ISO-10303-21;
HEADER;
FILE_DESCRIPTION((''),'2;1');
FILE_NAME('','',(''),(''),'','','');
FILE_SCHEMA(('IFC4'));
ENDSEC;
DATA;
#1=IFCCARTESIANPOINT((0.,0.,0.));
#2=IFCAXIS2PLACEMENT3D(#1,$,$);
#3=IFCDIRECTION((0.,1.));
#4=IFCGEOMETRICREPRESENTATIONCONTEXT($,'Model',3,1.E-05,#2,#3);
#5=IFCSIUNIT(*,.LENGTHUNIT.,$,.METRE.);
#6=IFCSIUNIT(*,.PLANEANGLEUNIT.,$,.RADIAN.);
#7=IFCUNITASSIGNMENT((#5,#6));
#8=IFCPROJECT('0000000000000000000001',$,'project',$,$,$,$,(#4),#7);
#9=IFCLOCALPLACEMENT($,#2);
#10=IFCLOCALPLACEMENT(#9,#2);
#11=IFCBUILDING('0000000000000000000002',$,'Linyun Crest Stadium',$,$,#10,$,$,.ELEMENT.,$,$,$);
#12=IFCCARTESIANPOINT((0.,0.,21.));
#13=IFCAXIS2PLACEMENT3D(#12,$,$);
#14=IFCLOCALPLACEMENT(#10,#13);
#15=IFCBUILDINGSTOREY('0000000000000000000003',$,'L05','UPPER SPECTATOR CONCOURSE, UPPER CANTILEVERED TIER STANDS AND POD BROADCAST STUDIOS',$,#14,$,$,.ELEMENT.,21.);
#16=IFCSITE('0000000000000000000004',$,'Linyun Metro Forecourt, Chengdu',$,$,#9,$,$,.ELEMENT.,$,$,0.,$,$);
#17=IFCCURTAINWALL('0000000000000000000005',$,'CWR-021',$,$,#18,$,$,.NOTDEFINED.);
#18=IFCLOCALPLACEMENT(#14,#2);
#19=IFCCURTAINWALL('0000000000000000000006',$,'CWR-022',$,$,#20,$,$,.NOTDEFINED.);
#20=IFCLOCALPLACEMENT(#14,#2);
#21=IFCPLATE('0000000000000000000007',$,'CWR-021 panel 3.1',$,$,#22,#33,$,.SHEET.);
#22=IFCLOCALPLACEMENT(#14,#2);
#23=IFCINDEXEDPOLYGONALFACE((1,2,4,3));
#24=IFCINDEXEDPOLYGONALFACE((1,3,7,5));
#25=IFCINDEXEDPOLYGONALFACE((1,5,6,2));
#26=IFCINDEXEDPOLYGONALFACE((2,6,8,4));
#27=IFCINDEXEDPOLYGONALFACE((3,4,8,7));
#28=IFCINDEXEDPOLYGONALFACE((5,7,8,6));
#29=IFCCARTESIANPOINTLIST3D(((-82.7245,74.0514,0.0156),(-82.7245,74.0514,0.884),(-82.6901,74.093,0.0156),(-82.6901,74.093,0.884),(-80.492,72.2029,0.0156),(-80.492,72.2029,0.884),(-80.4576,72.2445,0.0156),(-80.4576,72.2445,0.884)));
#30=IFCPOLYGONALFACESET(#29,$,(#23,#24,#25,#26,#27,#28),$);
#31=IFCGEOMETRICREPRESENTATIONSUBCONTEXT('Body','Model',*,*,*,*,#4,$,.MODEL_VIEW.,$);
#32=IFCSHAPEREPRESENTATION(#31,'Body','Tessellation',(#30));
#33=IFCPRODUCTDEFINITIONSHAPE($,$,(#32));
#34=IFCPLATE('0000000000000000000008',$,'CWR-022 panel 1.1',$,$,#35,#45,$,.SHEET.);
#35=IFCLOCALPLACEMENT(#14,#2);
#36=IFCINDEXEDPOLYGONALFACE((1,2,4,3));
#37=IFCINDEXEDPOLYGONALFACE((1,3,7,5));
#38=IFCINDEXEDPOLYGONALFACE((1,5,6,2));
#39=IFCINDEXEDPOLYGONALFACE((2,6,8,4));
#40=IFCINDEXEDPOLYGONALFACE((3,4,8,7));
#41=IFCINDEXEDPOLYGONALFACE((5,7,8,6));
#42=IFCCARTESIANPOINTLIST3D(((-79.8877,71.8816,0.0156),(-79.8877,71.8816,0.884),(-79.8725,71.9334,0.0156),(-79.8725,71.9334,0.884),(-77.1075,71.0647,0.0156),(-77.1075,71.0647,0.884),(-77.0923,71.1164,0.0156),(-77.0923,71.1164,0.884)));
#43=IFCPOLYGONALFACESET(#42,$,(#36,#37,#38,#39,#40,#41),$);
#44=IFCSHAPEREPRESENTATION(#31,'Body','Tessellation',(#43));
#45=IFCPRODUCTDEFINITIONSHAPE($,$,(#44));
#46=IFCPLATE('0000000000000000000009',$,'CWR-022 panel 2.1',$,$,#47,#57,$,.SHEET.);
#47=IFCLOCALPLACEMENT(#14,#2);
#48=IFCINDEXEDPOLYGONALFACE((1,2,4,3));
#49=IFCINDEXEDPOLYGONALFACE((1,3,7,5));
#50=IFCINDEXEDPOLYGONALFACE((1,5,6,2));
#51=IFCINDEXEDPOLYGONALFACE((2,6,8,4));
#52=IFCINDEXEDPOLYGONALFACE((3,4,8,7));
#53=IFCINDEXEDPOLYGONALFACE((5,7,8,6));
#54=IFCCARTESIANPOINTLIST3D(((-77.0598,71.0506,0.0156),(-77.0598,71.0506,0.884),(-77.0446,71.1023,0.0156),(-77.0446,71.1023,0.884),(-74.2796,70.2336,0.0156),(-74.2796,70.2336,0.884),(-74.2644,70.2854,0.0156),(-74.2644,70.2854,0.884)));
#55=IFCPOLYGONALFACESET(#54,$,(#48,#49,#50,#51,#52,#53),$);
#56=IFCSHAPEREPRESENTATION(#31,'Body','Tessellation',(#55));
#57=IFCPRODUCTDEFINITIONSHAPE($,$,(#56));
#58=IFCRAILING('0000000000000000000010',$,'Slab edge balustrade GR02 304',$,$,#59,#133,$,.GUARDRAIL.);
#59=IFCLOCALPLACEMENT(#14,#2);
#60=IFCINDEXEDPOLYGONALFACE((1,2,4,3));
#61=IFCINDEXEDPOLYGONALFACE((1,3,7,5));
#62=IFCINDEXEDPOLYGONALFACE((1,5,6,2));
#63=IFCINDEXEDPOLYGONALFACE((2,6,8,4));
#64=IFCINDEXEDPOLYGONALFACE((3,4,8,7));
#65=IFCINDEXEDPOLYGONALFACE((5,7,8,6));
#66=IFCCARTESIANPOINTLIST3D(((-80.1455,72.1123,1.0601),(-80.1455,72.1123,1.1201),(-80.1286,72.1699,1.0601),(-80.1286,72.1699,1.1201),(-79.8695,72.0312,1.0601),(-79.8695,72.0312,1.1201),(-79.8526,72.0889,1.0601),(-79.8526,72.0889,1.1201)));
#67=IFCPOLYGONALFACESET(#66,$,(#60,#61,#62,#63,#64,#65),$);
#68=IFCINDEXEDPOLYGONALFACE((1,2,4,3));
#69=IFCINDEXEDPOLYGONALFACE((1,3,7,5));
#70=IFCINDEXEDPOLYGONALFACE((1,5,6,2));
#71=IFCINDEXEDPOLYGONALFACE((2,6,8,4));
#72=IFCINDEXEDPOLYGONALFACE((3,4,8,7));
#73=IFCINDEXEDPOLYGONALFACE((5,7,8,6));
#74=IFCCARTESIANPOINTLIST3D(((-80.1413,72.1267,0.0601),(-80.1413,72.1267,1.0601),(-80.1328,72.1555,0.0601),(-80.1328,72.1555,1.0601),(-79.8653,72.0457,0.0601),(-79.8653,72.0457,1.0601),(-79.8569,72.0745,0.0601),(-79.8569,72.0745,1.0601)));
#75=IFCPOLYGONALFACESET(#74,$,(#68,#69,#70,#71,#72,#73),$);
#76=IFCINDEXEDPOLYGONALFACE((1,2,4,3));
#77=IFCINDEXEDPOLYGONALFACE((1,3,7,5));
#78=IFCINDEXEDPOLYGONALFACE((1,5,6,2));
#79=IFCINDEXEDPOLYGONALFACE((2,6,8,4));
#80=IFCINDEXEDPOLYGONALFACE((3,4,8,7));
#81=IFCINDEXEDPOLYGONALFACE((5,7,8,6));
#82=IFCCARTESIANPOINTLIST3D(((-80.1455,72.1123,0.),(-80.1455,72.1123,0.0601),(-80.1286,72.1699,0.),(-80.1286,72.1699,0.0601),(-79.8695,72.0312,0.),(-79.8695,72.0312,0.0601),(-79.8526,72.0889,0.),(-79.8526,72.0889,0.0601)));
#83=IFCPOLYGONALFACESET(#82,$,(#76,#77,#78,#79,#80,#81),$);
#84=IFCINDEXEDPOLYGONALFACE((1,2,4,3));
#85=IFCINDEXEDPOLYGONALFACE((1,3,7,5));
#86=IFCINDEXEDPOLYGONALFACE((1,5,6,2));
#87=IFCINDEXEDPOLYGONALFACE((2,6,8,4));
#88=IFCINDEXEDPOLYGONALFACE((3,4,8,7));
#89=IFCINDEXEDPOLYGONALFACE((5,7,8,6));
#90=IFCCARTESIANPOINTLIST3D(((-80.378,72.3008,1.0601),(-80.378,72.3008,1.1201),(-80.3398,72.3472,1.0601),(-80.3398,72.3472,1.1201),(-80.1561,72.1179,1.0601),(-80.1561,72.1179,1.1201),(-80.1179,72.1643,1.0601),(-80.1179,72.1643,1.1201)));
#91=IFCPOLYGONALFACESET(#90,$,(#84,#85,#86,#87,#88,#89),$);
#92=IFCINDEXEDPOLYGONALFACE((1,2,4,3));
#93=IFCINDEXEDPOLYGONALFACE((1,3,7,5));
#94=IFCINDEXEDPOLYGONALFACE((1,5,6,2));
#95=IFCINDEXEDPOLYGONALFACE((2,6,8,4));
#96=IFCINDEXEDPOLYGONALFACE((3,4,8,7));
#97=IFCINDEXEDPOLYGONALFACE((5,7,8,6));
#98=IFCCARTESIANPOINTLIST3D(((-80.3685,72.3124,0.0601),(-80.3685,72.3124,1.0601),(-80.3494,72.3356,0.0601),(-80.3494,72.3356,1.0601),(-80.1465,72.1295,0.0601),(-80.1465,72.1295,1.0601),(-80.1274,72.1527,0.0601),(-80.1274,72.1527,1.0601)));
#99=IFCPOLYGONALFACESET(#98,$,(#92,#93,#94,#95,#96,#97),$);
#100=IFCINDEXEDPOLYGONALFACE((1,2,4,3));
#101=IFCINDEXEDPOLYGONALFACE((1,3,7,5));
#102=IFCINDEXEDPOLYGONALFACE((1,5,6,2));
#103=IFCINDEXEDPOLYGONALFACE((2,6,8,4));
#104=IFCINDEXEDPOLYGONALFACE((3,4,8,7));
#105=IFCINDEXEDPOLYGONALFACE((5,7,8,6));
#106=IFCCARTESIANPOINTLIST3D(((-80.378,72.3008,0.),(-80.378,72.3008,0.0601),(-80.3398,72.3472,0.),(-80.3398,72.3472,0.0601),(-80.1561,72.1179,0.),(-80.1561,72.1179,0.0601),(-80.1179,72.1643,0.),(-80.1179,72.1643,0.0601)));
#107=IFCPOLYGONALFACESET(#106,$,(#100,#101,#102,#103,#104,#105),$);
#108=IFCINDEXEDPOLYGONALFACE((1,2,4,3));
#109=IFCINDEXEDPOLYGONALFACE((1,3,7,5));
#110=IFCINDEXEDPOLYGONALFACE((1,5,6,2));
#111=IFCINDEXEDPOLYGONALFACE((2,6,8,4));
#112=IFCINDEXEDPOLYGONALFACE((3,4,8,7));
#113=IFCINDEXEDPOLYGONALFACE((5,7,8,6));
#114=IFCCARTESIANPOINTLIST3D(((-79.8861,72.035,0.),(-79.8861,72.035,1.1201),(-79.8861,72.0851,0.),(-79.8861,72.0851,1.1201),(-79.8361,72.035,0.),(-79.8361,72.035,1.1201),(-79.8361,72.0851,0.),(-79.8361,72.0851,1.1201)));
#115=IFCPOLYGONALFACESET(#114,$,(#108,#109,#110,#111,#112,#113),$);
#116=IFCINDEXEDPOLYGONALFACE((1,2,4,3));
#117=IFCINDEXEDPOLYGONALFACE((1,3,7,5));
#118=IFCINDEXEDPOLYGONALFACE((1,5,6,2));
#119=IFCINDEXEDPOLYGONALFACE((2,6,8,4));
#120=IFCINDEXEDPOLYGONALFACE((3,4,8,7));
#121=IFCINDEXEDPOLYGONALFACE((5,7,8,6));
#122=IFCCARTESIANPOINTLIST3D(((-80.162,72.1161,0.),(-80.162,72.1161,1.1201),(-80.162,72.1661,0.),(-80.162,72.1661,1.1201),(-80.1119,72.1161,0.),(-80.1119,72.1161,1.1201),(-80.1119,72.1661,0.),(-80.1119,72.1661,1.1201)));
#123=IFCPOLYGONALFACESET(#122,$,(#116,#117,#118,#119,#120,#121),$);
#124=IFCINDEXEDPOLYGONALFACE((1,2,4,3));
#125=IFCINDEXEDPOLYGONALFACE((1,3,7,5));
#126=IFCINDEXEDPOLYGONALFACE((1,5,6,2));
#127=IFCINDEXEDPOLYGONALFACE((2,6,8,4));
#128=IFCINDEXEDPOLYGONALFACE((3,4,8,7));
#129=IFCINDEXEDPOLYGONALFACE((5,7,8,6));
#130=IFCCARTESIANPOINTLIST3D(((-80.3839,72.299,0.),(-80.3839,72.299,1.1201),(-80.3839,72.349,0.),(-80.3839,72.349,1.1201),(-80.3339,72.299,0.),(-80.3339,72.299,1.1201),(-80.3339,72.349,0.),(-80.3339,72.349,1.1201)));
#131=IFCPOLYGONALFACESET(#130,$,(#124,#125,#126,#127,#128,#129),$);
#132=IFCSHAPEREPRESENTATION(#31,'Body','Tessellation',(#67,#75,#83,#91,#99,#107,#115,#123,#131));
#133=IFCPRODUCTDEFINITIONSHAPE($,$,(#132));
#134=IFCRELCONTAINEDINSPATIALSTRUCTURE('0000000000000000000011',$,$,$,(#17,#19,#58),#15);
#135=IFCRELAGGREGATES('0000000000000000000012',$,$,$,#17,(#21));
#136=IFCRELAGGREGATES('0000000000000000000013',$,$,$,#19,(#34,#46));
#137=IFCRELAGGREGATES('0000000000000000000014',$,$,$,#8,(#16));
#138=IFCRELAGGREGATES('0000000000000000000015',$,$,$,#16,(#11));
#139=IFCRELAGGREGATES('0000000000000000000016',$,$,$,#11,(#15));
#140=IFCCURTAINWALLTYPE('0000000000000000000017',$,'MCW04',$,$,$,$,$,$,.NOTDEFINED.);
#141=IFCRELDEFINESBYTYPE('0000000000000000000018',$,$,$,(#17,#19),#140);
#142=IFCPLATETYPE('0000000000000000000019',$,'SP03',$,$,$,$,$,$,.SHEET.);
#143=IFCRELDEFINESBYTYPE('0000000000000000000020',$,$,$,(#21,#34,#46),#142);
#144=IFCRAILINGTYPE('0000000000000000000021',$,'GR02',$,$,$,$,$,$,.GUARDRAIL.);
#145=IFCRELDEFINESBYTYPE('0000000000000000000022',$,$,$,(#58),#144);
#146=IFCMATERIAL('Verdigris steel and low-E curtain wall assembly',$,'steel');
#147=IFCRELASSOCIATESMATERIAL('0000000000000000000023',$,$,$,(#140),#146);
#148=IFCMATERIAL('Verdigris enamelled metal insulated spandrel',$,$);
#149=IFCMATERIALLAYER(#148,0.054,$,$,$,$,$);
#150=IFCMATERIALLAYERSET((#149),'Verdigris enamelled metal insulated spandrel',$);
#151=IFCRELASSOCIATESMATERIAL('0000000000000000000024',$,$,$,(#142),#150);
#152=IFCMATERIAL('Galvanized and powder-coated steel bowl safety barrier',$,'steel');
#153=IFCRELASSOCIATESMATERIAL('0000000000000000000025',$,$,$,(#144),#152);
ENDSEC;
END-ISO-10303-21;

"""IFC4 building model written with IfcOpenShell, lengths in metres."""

from ifc_helpers import new_model, si_unit, direction, frame, origin, origin_2d, place, context, subcontext, project, spatial, rectangle, extrude, material, layer, layer_set, type_object, element, aggregate, save


model = new_model("IFC4")

# Units and contexts
model_context = context("Model", 3, precision=1e-05, world=origin(), true_north=direction((0.0, 1.0)))
body_context = subcontext(model_context, "Body", "Model", "MODEL_VIEW")
ifc_project = project(units=[si_unit("LENGTHUNIT", "METRE"), si_unit("PLANEANGLEUNIT", "RADIAN")], contexts=[model_context])

# Site, building, storey
site_placement = place(None, origin())
site = spatial("IfcSite", under=ifc_project, at=site_placement, Name="Linyun Metro Forecourt, Chengdu", CompositionType="ELEMENT", RefElevation=0.0)
building_placement = place(site_placement, origin())
building = spatial("IfcBuilding", under=site, at=building_placement, Name="Linyun Crest Stadium", CompositionType="ELEMENT")
storey_placement = place(building_placement, frame((0.0, 0.0, 21.0)))
storey = spatial("IfcBuildingStorey", under=building, at=storey_placement, Name="L05", Description="UPPER SPECTATOR CONCOURSE, UPPER CANTILEVERED TIER STANDS AND POD BROADCAST STUDIOS", CompositionType="ELEMENT", Elevation=21.0)

# Curtain walls
ifc_material_1 = material(Name="Verdigris steel and low-E curtain wall assembly", Category="steel")
curtain_wall_type = type_object("IfcCurtainWallType", Name="MCW04", PredefinedType="NOTDEFINED", material=ifc_material_1)
curtain_wall_1_placement = place(storey_placement, origin())
curtain_wall_1 = element("IfcCurtainWall", 1, at=curtain_wall_1_placement, inside=storey, type_object=curtain_wall_type, Name="CWR-021", PredefinedType="NOTDEFINED")
curtain_wall_2_placement = place(storey_placement, origin())
curtain_wall_2 = element("IfcCurtainWall", 2, at=curtain_wall_2_placement, inside=storey, type_object=curtain_wall_type, Name="CWR-022", PredefinedType="NOTDEFINED")

# Plates
ifc_material_2 = material(Name="Verdigris enamelled metal insulated spandrel")
ifc_layer_1 = layer(ifc_material_2, 0.054)
ifc_layer_set_1 = layer_set([ifc_layer_1], Name="Verdigris enamelled metal insulated spandrel")
plate_type_1 = type_object("IfcPlateType", Name="SP03", PredefinedType="SHEET", material=ifc_layer_set_1)
plate_1_placement = place(storey_placement, frame((-81.5911, 73.1479, 0.0156), z_axis=(0.0, 0.0, 1.0), x_axis=(0.770246, -0.637747, 0.0)))
plate_1 = element("IfcPlate", 3, at=plate_1_placement, type_object=plate_type_1, Name="CWR-021 panel 3.1", PredefinedType="SHEET", context=body_context, shape_type="SweptSolid", body=[
    extrude(rectangle(XDim=2.8984, YDim=0.054, at=origin_2d()), origin(), (0.0, 0.0, 1.0), 0.8684),
])
aggregate(curtain_wall_1, [plate_1])
plate_2_placement = place(storey_placement, frame((-78.49, 71.499, 0.0156), z_axis=(0.0, 0.0, 1.0), x_axis=(0.959437, -0.281923, 0.0)))
plate_2 = element("IfcPlate", 4, at=plate_2_placement, type_object=plate_type_1, Name="CWR-022 panel 1.1", PredefinedType="SHEET", context=body_context, shape_type="SweptSolid", body=[
    extrude(rectangle(XDim=2.8977, YDim=0.054, at=origin_2d()), origin(), (0.0, 0.0, 1.0), 0.8684),
])
plate_3_placement = place(storey_placement, frame((-75.6621, 70.668, 0.0156), z_axis=(0.0, 0.0, 1.0), x_axis=(0.959437, -0.281923, 0.0)))
plate_3 = element("IfcPlate", 5, at=plate_3_placement, type_object=plate_type_1, Name="CWR-022 panel 2.1", PredefinedType="SHEET", context=body_context, shape_type="SweptSolid", body=[
    extrude(rectangle(XDim=2.8977, YDim=0.054, at=origin_2d()), origin(), (0.0, 0.0, 1.0), 0.8684),
])
aggregate(curtain_wall_2, [plate_2, plate_3])

# Railing
ifc_material_3 = material(Name="Galvanized and powder-coated steel bowl safety barrier", Category="steel")
railing_type = type_object("IfcRailingType", Name="GR02", PredefinedType="GUARDRAIL", material=ifc_material_3)
railing_placement = place(storey_placement, frame((-79.8611, 72.0601, 0.0)))
element("IfcRailing", 6, at=railing_placement, inside=storey, type_object=railing_type, Name="Slab edge balustrade GR02 304", PredefinedType="GUARDRAIL", context=body_context, shape_type="SweptSolid", body=[
    extrude(rectangle(XDim=0.0601, YDim=0.0601, at=origin_2d()), frame((0.0, 0.0, 1.0901), z_axis=(-0.959447, 0.281891, 0.0), x_axis=(-0.281891, -0.959447, 0.0)), (0.0, 0.0, 1.0), 0.2876),
    extrude(rectangle(XDim=0.03, YDim=1.0, at=origin_2d()), frame((0.0, 0.0, 0.5601), z_axis=(-0.959447, 0.281891, 0.0), x_axis=(-0.281891, -0.959447, 0.0)), (0.0, 0.0, 1.0), 0.2876),
    extrude(rectangle(XDim=0.0601, YDim=0.0601, at=origin_2d()), frame((0.0, 0.0, 0.03), z_axis=(-0.959447, 0.281891, 0.0), x_axis=(-0.281891, -0.959447, 0.0)), (0.0, 0.0, 1.0), 0.2876),
    extrude(rectangle(XDim=0.0601, YDim=0.0601, at=origin_2d()), frame((-0.2759, 0.0811, 1.0901), z_axis=(-0.771759, 0.635916, 0.0), x_axis=(-0.635916, -0.771759, 0.0)), (0.0, 0.0, 1.0), 0.2876),
    extrude(rectangle(XDim=0.03, YDim=1.0, at=origin_2d()), frame((-0.2759, 0.0811, 0.5601), z_axis=(-0.771759, 0.635916, 0.0), x_axis=(-0.635916, -0.771759, 0.0)), (0.0, 0.0, 1.0), 0.2876),
    extrude(rectangle(XDim=0.0601, YDim=0.0601, at=origin_2d()), frame((-0.2759, 0.0811, 0.03), z_axis=(-0.771759, 0.635916, 0.0), x_axis=(-0.635916, -0.771759, 0.0)), (0.0, 0.0, 1.0), 0.2876),
    extrude(rectangle(XDim=0.05, YDim=0.05, at=origin_2d()), origin(), (0.0, 0.0, 1.0), 1.1201),
    extrude(rectangle(XDim=0.05, YDim=0.05, at=origin_2d()), frame((-0.2759, 0.0811, 0.0)), (0.0, 0.0, 1.0), 1.1201),
    extrude(rectangle(XDim=0.05, YDim=0.05, at=origin_2d()), frame((-0.4978, 0.2639, 0.0)), (0.0, 0.0, 1.0), 1.1201),
])

save(model, "model.ifc")
